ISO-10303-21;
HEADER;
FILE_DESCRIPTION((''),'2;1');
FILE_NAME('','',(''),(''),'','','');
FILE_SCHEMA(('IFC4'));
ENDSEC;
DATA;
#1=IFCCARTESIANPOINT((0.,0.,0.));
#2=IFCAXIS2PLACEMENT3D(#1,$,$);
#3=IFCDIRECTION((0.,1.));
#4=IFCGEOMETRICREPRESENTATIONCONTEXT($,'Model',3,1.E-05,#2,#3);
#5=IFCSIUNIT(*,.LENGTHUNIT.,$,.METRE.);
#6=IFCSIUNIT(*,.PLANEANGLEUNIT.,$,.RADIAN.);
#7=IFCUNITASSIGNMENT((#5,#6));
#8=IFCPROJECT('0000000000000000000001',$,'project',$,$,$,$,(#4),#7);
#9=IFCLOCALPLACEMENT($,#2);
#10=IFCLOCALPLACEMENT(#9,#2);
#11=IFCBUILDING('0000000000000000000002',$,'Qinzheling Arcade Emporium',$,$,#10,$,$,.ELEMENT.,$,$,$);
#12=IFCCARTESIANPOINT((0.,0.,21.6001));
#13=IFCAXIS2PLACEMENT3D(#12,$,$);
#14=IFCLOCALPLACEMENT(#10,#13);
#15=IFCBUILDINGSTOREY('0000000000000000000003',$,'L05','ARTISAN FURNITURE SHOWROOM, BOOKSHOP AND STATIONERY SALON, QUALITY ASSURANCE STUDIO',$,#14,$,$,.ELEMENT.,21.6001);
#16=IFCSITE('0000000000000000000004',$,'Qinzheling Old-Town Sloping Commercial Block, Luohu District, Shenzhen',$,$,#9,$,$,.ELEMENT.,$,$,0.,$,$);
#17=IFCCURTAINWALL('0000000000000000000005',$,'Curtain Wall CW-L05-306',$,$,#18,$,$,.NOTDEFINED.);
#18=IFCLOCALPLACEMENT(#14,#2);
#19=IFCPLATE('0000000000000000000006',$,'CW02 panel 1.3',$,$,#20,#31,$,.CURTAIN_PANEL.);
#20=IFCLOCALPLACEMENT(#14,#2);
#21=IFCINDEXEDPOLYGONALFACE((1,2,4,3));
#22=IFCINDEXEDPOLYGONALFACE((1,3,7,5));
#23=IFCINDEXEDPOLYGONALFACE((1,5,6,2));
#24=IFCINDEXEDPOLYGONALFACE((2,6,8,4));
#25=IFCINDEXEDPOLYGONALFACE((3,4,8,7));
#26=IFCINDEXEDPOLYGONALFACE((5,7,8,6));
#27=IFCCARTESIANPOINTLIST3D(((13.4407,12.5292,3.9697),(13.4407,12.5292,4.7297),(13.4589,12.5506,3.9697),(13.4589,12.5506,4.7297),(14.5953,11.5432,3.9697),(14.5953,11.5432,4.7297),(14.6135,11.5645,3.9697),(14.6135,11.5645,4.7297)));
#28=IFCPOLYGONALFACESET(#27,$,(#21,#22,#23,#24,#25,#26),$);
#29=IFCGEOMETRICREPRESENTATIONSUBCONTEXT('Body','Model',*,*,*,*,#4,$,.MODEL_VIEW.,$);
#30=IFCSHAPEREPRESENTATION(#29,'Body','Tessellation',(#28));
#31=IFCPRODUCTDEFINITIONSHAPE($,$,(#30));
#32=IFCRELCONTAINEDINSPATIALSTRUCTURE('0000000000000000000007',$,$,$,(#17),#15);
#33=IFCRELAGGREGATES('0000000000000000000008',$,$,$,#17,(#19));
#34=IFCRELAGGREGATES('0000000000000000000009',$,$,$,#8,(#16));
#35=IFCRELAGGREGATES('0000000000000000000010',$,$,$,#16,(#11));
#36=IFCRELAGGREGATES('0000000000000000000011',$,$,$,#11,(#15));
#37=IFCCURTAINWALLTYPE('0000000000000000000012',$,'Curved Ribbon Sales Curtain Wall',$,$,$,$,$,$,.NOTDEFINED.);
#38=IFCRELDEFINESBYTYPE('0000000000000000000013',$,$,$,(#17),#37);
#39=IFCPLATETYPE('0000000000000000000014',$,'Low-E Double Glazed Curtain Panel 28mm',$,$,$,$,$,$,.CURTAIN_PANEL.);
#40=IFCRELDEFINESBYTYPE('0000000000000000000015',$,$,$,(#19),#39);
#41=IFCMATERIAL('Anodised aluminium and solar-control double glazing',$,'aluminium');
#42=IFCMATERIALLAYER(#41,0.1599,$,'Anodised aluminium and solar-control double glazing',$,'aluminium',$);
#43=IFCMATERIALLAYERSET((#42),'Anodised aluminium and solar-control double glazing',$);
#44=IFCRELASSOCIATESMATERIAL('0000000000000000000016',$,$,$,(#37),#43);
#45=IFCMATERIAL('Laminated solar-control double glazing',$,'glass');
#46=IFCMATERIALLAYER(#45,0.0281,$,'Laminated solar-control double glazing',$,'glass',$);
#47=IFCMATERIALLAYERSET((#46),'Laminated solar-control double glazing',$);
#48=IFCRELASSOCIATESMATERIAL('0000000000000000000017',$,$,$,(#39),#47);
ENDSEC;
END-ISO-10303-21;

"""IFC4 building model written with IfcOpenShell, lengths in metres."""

from ifc_helpers import new_model, si_unit, direction, frame, origin, origin_2d, place, context, subcontext, project, spatial, rectangle, extrude, material, layer, layer_set, type_object, element, aggregate, save


model = new_model("IFC4")

# Units and contexts
model_context = context("Model", 3, precision=1e-05, world=origin(), true_north=direction((0.0, 1.0)))
body_context = subcontext(model_context, "Body", "Model", "MODEL_VIEW")
ifc_project = project(units=[si_unit("LENGTHUNIT", "METRE"), si_unit("PLANEANGLEUNIT", "RADIAN")], contexts=[model_context])

# Site, building, storey
site_placement = place(None, origin())
site = spatial("IfcSite", under=ifc_project, at=site_placement, Name="Qinzheling Old-Town Sloping Commercial Block, Luohu District, Shenzhen", CompositionType="ELEMENT", RefElevation=0.0)
building_placement = place(site_placement, origin())
building = spatial("IfcBuilding", under=site, at=building_placement, Name="Qinzheling Arcade Emporium", CompositionType="ELEMENT")
storey_placement = place(building_placement, frame((0.0, 0.0, 21.6001)))
storey = spatial("IfcBuildingStorey", under=building, at=storey_placement, Name="L05", Description="ARTISAN FURNITURE SHOWROOM, BOOKSHOP AND STATIONERY SALON, QUALITY ASSURANCE STUDIO", CompositionType="ELEMENT", Elevation=21.6001)

# Shared definitions
ifc_material_1 = material(Name="Anodised aluminium and solar-control double glazing", Category="aluminium")
ifc_layer_1 = layer(ifc_material_1, 0.1599, Name="Anodised aluminium and solar-control double glazing", Category="aluminium")
ifc_layer_set_1 = layer_set([ifc_layer_1], Name="Anodised aluminium and solar-control double glazing")
curtain_wall_type = type_object("IfcCurtainWallType", Name="Curved Ribbon Sales Curtain Wall", PredefinedType="NOTDEFINED", material=ifc_layer_set_1)

# Curtain wall
curtain_wall_1_placement = place(storey_placement, origin())
curtain_wall_1 = element("IfcCurtainWall", 1, at=curtain_wall_1_placement, inside=storey, type_object=curtain_wall_type, Name="Curtain Wall CW-L05-306", PredefinedType="NOTDEFINED")

# Plate
ifc_material_2 = material(Name="Laminated solar-control double glazing", Category="glass")
ifc_layer_2 = layer(ifc_material_2, 0.0281, Name="Laminated solar-control double glazing", Category="glass")
ifc_layer_set_2 = layer_set([ifc_layer_2], Name="Laminated solar-control double glazing")
plate_type_1 = type_object("IfcPlateType", Name="Low-E Double Glazed Curtain Panel 28mm", PredefinedType="CURTAIN_PANEL", material=ifc_layer_set_2)
plate_1_placement = place(storey_placement, frame((14.0271, 12.0469, 3.9697), z_axis=(0.0, 0.0, 1.0), x_axis=(-0.760418, 0.649433, 0.0)))
plate_1 = element("IfcPlate", 2, at=plate_1_placement, type_object=plate_type_1, Name="CW02 panel 1.3", PredefinedType="CURTAIN_PANEL", context=body_context, shape_type="SweptSolid", body=[
    extrude(rectangle(XDim=1.5183, YDim=0.0281, at=origin_2d()), origin(), (0.0, 0.0, 1.0), 0.76),
])
aggregate(curtain_wall_1, [plate_1])

save(model, "model.ifc")
